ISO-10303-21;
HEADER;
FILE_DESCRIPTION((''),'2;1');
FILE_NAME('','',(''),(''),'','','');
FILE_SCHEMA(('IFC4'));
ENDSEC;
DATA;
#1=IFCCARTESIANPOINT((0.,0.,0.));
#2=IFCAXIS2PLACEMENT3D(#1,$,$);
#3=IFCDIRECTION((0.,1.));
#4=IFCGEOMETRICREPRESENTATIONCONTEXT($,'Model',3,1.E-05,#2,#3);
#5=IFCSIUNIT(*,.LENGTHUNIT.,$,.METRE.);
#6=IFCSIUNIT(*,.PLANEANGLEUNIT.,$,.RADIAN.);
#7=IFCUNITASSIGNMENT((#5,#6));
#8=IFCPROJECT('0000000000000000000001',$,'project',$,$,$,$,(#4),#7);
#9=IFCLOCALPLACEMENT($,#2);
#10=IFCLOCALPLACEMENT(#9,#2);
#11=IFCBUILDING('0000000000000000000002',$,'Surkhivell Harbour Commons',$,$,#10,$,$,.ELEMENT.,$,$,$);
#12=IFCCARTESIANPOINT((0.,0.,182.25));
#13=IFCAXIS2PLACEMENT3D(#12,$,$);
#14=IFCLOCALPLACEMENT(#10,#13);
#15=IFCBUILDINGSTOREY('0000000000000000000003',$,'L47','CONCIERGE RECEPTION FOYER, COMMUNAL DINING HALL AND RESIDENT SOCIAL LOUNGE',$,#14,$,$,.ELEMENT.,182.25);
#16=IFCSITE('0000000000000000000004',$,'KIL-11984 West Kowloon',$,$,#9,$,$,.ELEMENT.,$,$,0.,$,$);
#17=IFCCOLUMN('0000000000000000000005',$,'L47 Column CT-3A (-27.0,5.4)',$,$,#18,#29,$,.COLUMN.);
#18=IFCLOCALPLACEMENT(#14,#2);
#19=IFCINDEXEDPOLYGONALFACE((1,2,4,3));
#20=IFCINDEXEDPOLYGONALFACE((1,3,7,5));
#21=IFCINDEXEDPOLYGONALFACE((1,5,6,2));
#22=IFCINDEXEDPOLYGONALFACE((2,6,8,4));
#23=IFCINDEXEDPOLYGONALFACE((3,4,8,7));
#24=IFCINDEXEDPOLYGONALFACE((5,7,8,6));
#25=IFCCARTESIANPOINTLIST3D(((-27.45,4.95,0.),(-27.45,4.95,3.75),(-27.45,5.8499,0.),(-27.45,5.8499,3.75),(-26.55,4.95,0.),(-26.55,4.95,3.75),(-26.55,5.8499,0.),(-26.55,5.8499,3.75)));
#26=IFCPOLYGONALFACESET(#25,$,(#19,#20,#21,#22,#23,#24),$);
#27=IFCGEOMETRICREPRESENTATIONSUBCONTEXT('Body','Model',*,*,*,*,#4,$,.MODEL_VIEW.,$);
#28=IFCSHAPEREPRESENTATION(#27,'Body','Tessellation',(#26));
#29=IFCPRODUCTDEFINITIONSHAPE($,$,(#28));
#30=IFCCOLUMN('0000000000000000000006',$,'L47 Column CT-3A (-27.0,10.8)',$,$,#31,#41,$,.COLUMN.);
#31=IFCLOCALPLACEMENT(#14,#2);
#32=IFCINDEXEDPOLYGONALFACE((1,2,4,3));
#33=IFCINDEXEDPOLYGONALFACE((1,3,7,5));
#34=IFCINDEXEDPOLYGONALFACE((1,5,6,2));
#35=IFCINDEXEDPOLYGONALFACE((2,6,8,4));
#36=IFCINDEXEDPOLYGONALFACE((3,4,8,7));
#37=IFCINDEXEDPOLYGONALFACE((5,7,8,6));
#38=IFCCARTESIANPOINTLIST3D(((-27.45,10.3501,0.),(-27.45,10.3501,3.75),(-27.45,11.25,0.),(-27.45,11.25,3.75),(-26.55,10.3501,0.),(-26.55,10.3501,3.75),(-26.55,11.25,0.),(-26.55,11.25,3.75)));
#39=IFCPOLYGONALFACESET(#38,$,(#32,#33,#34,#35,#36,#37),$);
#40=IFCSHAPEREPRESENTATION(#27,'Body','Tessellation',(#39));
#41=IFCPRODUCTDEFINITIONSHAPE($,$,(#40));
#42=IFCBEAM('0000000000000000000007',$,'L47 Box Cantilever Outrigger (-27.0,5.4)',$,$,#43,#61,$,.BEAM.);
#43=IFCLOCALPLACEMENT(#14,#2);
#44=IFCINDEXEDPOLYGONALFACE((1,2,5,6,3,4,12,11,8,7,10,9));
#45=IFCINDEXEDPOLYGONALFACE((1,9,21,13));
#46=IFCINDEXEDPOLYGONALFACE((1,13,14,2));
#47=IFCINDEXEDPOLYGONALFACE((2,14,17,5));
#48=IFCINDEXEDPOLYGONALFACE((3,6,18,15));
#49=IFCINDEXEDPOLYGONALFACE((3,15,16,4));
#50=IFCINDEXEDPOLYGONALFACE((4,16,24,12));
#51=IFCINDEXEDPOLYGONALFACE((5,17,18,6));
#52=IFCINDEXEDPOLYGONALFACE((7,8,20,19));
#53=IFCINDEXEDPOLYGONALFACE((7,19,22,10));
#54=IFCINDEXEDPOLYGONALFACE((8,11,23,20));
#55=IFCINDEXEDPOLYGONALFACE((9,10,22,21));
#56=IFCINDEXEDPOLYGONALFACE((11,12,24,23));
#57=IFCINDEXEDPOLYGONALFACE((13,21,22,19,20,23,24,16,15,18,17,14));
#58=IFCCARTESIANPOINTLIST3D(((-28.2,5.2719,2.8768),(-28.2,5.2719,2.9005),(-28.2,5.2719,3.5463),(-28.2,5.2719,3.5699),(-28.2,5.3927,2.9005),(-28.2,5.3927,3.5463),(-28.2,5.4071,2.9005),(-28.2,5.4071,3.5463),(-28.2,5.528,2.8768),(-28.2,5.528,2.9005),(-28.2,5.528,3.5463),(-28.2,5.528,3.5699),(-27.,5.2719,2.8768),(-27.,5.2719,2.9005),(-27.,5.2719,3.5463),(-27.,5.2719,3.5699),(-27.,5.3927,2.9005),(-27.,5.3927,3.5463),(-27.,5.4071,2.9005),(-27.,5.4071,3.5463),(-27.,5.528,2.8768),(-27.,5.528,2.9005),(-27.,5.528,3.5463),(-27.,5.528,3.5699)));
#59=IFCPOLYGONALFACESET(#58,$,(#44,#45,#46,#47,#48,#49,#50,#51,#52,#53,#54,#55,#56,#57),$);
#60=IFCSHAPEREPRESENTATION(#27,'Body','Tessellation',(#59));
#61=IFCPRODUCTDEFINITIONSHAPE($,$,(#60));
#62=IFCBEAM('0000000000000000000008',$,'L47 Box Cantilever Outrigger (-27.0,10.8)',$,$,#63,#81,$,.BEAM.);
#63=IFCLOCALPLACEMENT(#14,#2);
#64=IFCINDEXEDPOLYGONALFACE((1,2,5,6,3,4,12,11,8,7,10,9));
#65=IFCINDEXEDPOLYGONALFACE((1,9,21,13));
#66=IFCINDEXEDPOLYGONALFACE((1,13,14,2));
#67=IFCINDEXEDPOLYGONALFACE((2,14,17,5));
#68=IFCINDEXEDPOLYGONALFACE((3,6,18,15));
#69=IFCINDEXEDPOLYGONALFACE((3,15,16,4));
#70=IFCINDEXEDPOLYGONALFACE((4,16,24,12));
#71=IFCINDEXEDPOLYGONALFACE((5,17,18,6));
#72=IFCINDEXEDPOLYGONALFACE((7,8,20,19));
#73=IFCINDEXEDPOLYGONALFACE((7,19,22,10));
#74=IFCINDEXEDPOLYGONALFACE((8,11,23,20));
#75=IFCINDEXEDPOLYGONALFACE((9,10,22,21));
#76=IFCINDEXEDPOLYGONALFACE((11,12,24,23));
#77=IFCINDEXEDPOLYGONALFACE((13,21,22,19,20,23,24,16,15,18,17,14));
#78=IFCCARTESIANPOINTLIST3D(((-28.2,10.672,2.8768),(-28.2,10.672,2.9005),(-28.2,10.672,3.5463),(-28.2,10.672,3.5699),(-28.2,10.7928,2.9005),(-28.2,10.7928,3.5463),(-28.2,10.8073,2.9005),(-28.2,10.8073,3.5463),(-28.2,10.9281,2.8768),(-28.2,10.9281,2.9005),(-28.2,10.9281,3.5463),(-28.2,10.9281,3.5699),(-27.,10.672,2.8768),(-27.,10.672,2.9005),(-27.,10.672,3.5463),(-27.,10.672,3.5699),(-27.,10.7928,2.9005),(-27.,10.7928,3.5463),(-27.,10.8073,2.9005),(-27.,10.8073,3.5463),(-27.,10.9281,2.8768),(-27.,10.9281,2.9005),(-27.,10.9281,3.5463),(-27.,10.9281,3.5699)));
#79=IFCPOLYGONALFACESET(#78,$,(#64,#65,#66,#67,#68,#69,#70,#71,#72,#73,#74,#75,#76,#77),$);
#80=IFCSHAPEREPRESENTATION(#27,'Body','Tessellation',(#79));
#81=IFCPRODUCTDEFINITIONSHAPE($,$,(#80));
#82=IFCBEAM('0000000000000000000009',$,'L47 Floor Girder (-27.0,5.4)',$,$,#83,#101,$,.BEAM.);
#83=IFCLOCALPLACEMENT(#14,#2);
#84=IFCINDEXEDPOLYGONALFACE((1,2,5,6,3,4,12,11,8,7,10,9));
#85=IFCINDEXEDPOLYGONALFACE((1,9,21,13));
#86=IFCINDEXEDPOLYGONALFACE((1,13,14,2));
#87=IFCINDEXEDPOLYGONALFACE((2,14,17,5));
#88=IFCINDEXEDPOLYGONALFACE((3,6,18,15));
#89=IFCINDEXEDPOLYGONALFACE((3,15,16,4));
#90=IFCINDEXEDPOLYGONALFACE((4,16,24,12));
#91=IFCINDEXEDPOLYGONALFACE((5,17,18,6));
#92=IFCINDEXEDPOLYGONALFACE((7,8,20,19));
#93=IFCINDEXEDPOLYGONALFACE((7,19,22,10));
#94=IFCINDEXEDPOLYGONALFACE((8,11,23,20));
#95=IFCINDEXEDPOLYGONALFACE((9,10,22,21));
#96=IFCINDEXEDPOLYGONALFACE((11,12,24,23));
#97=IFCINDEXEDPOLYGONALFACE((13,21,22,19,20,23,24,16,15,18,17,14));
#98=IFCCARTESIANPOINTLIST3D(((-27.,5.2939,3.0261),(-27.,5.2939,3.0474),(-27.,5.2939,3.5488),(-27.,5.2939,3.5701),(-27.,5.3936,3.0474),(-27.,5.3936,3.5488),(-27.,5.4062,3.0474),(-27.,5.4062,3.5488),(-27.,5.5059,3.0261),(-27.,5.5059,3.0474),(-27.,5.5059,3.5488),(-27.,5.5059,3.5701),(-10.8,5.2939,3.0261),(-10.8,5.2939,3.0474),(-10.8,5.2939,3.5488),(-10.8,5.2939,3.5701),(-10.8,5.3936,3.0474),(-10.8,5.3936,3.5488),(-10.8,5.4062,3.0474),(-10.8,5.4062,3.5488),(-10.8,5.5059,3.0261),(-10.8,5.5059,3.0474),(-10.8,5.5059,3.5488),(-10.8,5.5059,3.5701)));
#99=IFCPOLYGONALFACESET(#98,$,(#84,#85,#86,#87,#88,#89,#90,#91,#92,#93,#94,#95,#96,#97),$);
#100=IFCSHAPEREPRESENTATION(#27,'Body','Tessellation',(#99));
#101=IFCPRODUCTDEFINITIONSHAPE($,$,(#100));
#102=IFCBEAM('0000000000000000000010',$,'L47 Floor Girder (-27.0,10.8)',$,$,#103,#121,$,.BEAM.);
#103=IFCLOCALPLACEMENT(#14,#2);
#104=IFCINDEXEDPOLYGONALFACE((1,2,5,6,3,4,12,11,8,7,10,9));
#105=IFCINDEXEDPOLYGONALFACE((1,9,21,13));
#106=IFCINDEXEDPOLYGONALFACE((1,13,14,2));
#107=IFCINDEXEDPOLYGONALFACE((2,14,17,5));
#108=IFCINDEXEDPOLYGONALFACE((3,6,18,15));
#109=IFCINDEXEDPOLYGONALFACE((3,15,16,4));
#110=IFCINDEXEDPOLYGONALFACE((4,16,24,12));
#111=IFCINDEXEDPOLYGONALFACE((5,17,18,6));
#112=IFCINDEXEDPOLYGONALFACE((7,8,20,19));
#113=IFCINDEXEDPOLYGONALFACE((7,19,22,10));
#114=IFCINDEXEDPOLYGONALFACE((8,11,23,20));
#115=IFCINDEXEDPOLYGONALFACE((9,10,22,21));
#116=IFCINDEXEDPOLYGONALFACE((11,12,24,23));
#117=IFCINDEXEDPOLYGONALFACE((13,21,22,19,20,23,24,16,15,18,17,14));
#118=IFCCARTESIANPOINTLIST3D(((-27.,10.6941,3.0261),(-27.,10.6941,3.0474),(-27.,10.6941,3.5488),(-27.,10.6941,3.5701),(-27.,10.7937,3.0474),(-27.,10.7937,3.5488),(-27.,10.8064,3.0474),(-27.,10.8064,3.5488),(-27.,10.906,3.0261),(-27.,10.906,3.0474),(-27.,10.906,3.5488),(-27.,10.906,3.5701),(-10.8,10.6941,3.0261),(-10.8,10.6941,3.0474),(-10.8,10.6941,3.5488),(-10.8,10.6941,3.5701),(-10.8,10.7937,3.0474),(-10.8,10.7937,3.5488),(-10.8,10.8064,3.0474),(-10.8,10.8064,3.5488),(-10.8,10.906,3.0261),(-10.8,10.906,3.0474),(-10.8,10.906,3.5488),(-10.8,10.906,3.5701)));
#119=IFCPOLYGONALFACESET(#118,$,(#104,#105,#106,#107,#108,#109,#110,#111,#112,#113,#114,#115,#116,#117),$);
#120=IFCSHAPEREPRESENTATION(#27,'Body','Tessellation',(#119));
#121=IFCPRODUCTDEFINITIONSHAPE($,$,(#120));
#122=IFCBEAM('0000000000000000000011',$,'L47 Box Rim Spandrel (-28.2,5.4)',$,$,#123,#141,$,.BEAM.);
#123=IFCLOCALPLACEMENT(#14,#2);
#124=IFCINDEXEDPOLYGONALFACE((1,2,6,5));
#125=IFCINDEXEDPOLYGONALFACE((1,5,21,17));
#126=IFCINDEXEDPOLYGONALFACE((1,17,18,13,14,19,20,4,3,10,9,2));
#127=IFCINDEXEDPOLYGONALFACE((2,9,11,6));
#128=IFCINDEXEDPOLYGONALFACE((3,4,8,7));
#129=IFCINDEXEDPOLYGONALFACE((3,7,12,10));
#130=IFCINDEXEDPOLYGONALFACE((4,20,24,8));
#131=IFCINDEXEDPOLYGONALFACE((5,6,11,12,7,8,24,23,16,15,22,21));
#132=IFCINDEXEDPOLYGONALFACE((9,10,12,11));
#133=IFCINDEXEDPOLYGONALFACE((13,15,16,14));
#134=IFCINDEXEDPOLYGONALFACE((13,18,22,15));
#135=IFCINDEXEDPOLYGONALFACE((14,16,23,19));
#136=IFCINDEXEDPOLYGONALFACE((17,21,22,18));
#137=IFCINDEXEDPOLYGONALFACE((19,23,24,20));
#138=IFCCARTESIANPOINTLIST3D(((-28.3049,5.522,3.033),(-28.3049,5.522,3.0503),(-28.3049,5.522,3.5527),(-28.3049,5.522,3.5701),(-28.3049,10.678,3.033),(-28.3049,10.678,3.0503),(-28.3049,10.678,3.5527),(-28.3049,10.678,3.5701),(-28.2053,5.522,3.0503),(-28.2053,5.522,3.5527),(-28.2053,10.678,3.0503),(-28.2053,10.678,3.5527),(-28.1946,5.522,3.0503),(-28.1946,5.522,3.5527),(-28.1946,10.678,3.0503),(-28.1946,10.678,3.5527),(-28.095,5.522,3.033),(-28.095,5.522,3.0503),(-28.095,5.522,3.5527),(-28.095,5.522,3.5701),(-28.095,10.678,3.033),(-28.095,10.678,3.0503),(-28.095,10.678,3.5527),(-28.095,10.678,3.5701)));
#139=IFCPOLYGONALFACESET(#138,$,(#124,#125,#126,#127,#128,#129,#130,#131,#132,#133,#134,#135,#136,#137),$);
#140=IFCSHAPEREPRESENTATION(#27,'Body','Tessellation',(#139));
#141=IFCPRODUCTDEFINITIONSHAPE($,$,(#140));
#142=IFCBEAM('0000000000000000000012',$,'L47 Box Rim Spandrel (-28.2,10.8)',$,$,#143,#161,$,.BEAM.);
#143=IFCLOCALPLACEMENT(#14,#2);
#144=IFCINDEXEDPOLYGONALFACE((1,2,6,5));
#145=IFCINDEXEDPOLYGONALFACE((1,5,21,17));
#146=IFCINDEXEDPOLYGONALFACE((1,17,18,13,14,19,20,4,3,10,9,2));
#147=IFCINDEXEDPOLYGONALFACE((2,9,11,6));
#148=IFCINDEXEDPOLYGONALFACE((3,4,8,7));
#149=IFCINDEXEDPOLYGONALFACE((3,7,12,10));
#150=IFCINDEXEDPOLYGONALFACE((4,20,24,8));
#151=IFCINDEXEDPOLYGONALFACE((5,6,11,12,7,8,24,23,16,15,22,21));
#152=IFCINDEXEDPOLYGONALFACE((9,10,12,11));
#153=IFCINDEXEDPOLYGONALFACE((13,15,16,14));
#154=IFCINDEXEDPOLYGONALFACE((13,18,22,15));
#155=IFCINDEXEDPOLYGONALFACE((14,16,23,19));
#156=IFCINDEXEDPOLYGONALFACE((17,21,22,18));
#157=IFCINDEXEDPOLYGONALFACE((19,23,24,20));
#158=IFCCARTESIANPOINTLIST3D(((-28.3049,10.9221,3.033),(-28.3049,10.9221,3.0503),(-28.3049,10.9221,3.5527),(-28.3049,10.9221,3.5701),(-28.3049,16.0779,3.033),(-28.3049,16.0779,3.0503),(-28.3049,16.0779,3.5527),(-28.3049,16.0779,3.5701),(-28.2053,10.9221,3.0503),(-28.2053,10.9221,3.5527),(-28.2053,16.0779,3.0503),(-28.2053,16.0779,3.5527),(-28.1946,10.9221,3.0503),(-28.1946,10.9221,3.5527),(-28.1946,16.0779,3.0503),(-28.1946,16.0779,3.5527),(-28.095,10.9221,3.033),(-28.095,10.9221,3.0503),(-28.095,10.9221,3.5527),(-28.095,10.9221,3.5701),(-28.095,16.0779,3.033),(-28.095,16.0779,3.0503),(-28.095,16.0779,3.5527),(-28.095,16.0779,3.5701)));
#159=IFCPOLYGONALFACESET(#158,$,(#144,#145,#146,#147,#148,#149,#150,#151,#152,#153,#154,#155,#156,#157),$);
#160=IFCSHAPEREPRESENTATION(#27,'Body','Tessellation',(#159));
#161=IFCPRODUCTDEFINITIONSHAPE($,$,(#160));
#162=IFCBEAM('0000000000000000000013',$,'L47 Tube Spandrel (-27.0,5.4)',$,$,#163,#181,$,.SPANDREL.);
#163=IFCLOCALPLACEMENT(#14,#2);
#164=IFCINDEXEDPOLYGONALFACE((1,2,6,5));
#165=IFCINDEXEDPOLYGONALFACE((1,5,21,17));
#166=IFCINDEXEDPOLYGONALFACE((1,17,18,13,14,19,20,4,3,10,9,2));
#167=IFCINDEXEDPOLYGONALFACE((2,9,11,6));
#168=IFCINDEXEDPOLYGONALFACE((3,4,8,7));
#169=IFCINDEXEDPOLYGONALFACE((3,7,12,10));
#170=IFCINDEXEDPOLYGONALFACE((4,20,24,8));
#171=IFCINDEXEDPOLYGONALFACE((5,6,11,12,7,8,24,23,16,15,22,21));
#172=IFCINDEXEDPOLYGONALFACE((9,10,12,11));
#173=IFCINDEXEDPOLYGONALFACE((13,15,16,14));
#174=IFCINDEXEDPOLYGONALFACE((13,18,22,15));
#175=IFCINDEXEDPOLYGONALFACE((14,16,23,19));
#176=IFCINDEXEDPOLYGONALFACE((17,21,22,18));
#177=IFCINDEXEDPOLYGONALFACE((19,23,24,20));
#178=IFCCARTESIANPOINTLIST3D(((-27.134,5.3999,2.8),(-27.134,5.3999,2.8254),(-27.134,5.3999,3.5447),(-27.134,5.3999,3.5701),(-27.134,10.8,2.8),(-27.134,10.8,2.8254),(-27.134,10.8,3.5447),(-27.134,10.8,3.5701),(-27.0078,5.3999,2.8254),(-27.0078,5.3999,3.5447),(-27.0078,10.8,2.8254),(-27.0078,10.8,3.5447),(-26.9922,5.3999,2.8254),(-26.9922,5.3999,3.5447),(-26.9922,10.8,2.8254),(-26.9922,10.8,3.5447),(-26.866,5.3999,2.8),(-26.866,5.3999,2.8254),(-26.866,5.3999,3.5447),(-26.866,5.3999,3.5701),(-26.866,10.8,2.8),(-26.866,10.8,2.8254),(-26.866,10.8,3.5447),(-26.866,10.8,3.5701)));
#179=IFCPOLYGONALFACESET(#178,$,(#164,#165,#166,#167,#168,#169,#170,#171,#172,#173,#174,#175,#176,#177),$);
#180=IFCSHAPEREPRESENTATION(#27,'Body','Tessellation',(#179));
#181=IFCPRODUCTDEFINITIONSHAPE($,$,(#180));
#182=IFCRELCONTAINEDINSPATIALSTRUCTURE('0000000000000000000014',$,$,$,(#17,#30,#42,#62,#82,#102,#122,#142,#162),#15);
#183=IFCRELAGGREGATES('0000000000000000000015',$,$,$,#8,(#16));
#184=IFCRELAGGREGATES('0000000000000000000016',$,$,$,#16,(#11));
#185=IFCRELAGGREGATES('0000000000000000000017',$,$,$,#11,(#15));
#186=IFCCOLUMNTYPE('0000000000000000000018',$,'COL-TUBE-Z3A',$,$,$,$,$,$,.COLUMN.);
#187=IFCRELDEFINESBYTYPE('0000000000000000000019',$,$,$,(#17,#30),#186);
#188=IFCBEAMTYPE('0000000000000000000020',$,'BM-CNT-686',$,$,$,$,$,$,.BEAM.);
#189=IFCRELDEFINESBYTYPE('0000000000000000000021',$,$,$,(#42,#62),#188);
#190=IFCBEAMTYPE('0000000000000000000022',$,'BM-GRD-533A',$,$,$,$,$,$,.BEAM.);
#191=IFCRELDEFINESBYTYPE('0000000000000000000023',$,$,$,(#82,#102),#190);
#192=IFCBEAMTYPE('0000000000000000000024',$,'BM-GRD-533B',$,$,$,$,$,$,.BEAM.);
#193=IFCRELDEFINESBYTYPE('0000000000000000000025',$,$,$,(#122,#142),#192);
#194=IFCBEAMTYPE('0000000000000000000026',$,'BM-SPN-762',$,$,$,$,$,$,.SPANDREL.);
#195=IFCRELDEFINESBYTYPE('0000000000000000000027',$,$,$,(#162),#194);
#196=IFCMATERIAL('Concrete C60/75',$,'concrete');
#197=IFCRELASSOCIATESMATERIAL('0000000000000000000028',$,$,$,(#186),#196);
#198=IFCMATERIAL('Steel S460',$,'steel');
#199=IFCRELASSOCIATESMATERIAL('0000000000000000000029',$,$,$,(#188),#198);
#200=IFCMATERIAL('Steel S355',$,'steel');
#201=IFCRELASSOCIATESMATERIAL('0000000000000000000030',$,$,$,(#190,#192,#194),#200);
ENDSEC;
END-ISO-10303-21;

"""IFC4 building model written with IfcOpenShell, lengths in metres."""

from ifc_helpers import new_model, si_unit, direction, frame, origin, origin_2d, place, context, subcontext, project, spatial, rectangle, i_section, extrude, material, material_profile, profile_set, type_object, element, save


model = new_model("IFC4")

# Units and contexts
model_context = context("Model", 3, precision=1e-05, world=origin(), true_north=direction((0.0, 1.0)))
body_context = subcontext(model_context, "Body", "Model", "MODEL_VIEW")
ifc_project = project(units=[si_unit("LENGTHUNIT", "METRE"), si_unit("PLANEANGLEUNIT", "RADIAN")], contexts=[model_context])

# Site, building, storey
site_placement = place(None, origin())
site = spatial("IfcSite", under=ifc_project, at=site_placement, Name="KIL-11984 West Kowloon", CompositionType="ELEMENT", RefElevation=0.0)
building_placement = place(site_placement, origin())
building = spatial("IfcBuilding", under=site, at=building_placement, Name="Surkhivell Harbour Commons", CompositionType="ELEMENT")
storey_placement = place(building_placement, frame((0.0, 0.0, 182.25)))
storey = spatial("IfcBuildingStorey", under=building, at=storey_placement, Name="L47", Description="CONCIERGE RECEPTION FOYER, COMMUNAL DINING HALL AND RESIDENT SOCIAL LOUNGE", CompositionType="ELEMENT", Elevation=182.25)

# Columns
ifc_material_1 = material(Name="Concrete C60/75", Category="concrete")
ifc_material_profile_1 = material_profile(ifc_material_1, rectangle(XDim=0.8999, YDim=0.8999, at=origin_2d()), Name="RC-COL-900x900")
ifc_profile_set_1 = profile_set([ifc_material_profile_1], Name="Concrete C60/75")
column_type = type_object("IfcColumnType", Name="COL-TUBE-Z3A", PredefinedType="COLUMN", material=ifc_profile_set_1)
for number, where, z_axis, x_axis, name in (
    (1, (-27.0, 5.3999, 0.0), (0.0, 0.0, 1.0), (1.0, 0.0, 0.0), "L47 Column CT-3A (-27.0,5.4)"),
    (2, (-27.0, 10.8, 0.0), (0.0, 0.0, 1.0), (1.0, 0.0, 0.0), "L47 Column CT-3A (-27.0,10.8)"),
):
    element("IfcColumn", number, at=place(storey_placement, frame(where, z_axis=z_axis, x_axis=x_axis)), inside=storey, type_object=column_type, Name=name, PredefinedType="COLUMN", context=body_context, shape_type="SweptSolid", body=[
        extrude(rectangle(XDim=0.8999, YDim=0.8999, at=origin_2d()), origin(), (0.0, 0.0, 1.0), 3.75),
    ])

# Beams
ifc_material_2 = material(Name="Steel S460", Category="steel")
ifc_material_profile_2 = material_profile(ifc_material_2, i_section(OverallWidth=0.2561, OverallDepth=0.6931, WebThickness=0.0144, FlangeThickness=0.0237, at=origin_2d()), Name="UB686x254x170")
ifc_profile_set_2 = profile_set([ifc_material_profile_2], Name="Steel S460")
beam_type_1 = type_object("IfcBeamType", Name="BM-CNT-686", PredefinedType="BEAM", material=ifc_profile_set_2)
for number, where, z_axis, x_axis, name in (
    (3, (-27.0, 5.3999, 3.2234), (-1.0, 0.0, 0.0), (0.0, -1.0, 0.0), "L47 Box Cantilever Outrigger (-27.0,5.4)"),
    (4, (-27.0, 10.8, 3.2234), (-1.0, 0.0, 0.0), (0.0, -1.0, 0.0), "L47 Box Cantilever Outrigger (-27.0,10.8)"),
):
    element("IfcBeam", number, at=place(storey_placement, frame(where, z_axis=z_axis, x_axis=x_axis)), inside=storey, type_object=beam_type_1, Name=name, PredefinedType="BEAM", context=body_context, shape_type="SweptSolid", body=[
        extrude(i_section(OverallWidth=0.2561, OverallDepth=0.6931, WebThickness=0.0144, FlangeThickness=0.0237, at=origin_2d()), origin(), (0.0, 0.0, 1.0), 1.2),
    ])
ifc_material_3 = material(Name="Steel S355", Category="steel")
ifc_material_profile_3 = material_profile(ifc_material_3, i_section(OverallWidth=0.2119, OverallDepth=0.5439, WebThickness=0.0127, FlangeThickness=0.0212, at=origin_2d()), Name="UB533x210x122")
ifc_profile_set_3 = profile_set([ifc_material_profile_3], Name="Steel S355")
beam_type_2 = type_object("IfcBeamType", Name="BM-GRD-533A", PredefinedType="BEAM", material=ifc_profile_set_3)
for number, where, z_axis, x_axis, name in (
    (5, (-27.0, 5.3999, 3.2981), (1.0, 0.0, 0.0), (0.0, 1.0, 0.0), "L47 Floor Girder (-27.0,5.4)"),
    (6, (-27.0, 10.8, 3.2981), (1.0, 0.0, 0.0), (0.0, 1.0, 0.0), "L47 Floor Girder (-27.0,10.8)"),
):
    element("IfcBeam", number, at=place(storey_placement, frame(where, z_axis=z_axis, x_axis=x_axis)), inside=storey, type_object=beam_type_2, Name=name, PredefinedType="BEAM", context=body_context, shape_type="SweptSolid", body=[
        extrude(i_section(OverallWidth=0.2119, OverallDepth=0.5439, WebThickness=0.0127, FlangeThickness=0.0212, at=origin_2d()), origin(), (0.0, 0.0, 1.0), 16.2),
    ])
ifc_material_profile_4 = material_profile(ifc_material_3, i_section(OverallWidth=0.21, OverallDepth=0.5371, WebThickness=0.0107, FlangeThickness=0.0173, at=origin_2d()), Name="UB533x210x101")
ifc_profile_set_4 = profile_set([ifc_material_profile_4], Name="Steel S355")
beam_type_3 = type_object("IfcBeamType", Name="BM-GRD-533B", PredefinedType="BEAM", material=ifc_profile_set_4)
beam_1_placement = place(storey_placement, frame((-28.2, 5.522, 3.3015), z_axis=(0.0, 1.0, 0.0), x_axis=(-1.0, 0.0, 0.0)))
element("IfcBeam", 7, at=beam_1_placement, inside=storey, type_object=beam_type_3, Name="L47 Box Rim Spandrel (-28.2,5.4)", PredefinedType="BEAM", context=body_context, shape_type="SweptSolid", body=[
    extrude(i_section(OverallWidth=0.21, OverallDepth=0.5371, WebThickness=0.0107, FlangeThickness=0.0173, at=origin_2d()), origin(), (0.0, 0.0, 1.0), 5.156),
])
beam_2_placement = place(storey_placement, frame((-28.2, 10.9221, 3.3015), z_axis=(0.0, 1.0, 0.0), x_axis=(-1.0, 0.0, 0.0)))
element("IfcBeam", 8, at=beam_2_placement, inside=storey, type_object=beam_type_3, Name="L47 Box Rim Spandrel (-28.2,10.8)", PredefinedType="BEAM", context=body_context, shape_type="SweptSolid", body=[
    extrude(i_section(OverallWidth=0.21, OverallDepth=0.5371, WebThickness=0.0107, FlangeThickness=0.0173, at=origin_2d()), origin(), (0.0, 0.0, 1.0), 5.1558),
])
ifc_material_profile_5 = material_profile(ifc_material_3, i_section(OverallWidth=0.2681, OverallDepth=0.77, WebThickness=0.0156, FlangeThickness=0.0254, at=origin_2d()), Name="UB762x267x197")
ifc_profile_set_5 = profile_set([ifc_material_profile_5], Name="Steel S355")
beam_type_4 = type_object("IfcBeamType", Name="BM-SPN-762", PredefinedType="SPANDREL", material=ifc_profile_set_5)
beam_3_placement = place(storey_placement, frame((-27.0, 5.3999, 3.1851), z_axis=(0.0, 1.0, 0.0), x_axis=(-1.0, 0.0, 0.0)))
element("IfcBeam", 9, at=beam_3_placement, inside=storey, type_object=beam_type_4, Name="L47 Tube Spandrel (-27.0,5.4)", PredefinedType="SPANDREL", context=body_context, shape_type="SweptSolid", body=[
    extrude(i_section(OverallWidth=0.2681, OverallDepth=0.77, WebThickness=0.0156, FlangeThickness=0.0254, at=origin_2d()), origin(), (0.0, 0.0, 1.0), 5.4001),
])

save(model, "model.ifc")
